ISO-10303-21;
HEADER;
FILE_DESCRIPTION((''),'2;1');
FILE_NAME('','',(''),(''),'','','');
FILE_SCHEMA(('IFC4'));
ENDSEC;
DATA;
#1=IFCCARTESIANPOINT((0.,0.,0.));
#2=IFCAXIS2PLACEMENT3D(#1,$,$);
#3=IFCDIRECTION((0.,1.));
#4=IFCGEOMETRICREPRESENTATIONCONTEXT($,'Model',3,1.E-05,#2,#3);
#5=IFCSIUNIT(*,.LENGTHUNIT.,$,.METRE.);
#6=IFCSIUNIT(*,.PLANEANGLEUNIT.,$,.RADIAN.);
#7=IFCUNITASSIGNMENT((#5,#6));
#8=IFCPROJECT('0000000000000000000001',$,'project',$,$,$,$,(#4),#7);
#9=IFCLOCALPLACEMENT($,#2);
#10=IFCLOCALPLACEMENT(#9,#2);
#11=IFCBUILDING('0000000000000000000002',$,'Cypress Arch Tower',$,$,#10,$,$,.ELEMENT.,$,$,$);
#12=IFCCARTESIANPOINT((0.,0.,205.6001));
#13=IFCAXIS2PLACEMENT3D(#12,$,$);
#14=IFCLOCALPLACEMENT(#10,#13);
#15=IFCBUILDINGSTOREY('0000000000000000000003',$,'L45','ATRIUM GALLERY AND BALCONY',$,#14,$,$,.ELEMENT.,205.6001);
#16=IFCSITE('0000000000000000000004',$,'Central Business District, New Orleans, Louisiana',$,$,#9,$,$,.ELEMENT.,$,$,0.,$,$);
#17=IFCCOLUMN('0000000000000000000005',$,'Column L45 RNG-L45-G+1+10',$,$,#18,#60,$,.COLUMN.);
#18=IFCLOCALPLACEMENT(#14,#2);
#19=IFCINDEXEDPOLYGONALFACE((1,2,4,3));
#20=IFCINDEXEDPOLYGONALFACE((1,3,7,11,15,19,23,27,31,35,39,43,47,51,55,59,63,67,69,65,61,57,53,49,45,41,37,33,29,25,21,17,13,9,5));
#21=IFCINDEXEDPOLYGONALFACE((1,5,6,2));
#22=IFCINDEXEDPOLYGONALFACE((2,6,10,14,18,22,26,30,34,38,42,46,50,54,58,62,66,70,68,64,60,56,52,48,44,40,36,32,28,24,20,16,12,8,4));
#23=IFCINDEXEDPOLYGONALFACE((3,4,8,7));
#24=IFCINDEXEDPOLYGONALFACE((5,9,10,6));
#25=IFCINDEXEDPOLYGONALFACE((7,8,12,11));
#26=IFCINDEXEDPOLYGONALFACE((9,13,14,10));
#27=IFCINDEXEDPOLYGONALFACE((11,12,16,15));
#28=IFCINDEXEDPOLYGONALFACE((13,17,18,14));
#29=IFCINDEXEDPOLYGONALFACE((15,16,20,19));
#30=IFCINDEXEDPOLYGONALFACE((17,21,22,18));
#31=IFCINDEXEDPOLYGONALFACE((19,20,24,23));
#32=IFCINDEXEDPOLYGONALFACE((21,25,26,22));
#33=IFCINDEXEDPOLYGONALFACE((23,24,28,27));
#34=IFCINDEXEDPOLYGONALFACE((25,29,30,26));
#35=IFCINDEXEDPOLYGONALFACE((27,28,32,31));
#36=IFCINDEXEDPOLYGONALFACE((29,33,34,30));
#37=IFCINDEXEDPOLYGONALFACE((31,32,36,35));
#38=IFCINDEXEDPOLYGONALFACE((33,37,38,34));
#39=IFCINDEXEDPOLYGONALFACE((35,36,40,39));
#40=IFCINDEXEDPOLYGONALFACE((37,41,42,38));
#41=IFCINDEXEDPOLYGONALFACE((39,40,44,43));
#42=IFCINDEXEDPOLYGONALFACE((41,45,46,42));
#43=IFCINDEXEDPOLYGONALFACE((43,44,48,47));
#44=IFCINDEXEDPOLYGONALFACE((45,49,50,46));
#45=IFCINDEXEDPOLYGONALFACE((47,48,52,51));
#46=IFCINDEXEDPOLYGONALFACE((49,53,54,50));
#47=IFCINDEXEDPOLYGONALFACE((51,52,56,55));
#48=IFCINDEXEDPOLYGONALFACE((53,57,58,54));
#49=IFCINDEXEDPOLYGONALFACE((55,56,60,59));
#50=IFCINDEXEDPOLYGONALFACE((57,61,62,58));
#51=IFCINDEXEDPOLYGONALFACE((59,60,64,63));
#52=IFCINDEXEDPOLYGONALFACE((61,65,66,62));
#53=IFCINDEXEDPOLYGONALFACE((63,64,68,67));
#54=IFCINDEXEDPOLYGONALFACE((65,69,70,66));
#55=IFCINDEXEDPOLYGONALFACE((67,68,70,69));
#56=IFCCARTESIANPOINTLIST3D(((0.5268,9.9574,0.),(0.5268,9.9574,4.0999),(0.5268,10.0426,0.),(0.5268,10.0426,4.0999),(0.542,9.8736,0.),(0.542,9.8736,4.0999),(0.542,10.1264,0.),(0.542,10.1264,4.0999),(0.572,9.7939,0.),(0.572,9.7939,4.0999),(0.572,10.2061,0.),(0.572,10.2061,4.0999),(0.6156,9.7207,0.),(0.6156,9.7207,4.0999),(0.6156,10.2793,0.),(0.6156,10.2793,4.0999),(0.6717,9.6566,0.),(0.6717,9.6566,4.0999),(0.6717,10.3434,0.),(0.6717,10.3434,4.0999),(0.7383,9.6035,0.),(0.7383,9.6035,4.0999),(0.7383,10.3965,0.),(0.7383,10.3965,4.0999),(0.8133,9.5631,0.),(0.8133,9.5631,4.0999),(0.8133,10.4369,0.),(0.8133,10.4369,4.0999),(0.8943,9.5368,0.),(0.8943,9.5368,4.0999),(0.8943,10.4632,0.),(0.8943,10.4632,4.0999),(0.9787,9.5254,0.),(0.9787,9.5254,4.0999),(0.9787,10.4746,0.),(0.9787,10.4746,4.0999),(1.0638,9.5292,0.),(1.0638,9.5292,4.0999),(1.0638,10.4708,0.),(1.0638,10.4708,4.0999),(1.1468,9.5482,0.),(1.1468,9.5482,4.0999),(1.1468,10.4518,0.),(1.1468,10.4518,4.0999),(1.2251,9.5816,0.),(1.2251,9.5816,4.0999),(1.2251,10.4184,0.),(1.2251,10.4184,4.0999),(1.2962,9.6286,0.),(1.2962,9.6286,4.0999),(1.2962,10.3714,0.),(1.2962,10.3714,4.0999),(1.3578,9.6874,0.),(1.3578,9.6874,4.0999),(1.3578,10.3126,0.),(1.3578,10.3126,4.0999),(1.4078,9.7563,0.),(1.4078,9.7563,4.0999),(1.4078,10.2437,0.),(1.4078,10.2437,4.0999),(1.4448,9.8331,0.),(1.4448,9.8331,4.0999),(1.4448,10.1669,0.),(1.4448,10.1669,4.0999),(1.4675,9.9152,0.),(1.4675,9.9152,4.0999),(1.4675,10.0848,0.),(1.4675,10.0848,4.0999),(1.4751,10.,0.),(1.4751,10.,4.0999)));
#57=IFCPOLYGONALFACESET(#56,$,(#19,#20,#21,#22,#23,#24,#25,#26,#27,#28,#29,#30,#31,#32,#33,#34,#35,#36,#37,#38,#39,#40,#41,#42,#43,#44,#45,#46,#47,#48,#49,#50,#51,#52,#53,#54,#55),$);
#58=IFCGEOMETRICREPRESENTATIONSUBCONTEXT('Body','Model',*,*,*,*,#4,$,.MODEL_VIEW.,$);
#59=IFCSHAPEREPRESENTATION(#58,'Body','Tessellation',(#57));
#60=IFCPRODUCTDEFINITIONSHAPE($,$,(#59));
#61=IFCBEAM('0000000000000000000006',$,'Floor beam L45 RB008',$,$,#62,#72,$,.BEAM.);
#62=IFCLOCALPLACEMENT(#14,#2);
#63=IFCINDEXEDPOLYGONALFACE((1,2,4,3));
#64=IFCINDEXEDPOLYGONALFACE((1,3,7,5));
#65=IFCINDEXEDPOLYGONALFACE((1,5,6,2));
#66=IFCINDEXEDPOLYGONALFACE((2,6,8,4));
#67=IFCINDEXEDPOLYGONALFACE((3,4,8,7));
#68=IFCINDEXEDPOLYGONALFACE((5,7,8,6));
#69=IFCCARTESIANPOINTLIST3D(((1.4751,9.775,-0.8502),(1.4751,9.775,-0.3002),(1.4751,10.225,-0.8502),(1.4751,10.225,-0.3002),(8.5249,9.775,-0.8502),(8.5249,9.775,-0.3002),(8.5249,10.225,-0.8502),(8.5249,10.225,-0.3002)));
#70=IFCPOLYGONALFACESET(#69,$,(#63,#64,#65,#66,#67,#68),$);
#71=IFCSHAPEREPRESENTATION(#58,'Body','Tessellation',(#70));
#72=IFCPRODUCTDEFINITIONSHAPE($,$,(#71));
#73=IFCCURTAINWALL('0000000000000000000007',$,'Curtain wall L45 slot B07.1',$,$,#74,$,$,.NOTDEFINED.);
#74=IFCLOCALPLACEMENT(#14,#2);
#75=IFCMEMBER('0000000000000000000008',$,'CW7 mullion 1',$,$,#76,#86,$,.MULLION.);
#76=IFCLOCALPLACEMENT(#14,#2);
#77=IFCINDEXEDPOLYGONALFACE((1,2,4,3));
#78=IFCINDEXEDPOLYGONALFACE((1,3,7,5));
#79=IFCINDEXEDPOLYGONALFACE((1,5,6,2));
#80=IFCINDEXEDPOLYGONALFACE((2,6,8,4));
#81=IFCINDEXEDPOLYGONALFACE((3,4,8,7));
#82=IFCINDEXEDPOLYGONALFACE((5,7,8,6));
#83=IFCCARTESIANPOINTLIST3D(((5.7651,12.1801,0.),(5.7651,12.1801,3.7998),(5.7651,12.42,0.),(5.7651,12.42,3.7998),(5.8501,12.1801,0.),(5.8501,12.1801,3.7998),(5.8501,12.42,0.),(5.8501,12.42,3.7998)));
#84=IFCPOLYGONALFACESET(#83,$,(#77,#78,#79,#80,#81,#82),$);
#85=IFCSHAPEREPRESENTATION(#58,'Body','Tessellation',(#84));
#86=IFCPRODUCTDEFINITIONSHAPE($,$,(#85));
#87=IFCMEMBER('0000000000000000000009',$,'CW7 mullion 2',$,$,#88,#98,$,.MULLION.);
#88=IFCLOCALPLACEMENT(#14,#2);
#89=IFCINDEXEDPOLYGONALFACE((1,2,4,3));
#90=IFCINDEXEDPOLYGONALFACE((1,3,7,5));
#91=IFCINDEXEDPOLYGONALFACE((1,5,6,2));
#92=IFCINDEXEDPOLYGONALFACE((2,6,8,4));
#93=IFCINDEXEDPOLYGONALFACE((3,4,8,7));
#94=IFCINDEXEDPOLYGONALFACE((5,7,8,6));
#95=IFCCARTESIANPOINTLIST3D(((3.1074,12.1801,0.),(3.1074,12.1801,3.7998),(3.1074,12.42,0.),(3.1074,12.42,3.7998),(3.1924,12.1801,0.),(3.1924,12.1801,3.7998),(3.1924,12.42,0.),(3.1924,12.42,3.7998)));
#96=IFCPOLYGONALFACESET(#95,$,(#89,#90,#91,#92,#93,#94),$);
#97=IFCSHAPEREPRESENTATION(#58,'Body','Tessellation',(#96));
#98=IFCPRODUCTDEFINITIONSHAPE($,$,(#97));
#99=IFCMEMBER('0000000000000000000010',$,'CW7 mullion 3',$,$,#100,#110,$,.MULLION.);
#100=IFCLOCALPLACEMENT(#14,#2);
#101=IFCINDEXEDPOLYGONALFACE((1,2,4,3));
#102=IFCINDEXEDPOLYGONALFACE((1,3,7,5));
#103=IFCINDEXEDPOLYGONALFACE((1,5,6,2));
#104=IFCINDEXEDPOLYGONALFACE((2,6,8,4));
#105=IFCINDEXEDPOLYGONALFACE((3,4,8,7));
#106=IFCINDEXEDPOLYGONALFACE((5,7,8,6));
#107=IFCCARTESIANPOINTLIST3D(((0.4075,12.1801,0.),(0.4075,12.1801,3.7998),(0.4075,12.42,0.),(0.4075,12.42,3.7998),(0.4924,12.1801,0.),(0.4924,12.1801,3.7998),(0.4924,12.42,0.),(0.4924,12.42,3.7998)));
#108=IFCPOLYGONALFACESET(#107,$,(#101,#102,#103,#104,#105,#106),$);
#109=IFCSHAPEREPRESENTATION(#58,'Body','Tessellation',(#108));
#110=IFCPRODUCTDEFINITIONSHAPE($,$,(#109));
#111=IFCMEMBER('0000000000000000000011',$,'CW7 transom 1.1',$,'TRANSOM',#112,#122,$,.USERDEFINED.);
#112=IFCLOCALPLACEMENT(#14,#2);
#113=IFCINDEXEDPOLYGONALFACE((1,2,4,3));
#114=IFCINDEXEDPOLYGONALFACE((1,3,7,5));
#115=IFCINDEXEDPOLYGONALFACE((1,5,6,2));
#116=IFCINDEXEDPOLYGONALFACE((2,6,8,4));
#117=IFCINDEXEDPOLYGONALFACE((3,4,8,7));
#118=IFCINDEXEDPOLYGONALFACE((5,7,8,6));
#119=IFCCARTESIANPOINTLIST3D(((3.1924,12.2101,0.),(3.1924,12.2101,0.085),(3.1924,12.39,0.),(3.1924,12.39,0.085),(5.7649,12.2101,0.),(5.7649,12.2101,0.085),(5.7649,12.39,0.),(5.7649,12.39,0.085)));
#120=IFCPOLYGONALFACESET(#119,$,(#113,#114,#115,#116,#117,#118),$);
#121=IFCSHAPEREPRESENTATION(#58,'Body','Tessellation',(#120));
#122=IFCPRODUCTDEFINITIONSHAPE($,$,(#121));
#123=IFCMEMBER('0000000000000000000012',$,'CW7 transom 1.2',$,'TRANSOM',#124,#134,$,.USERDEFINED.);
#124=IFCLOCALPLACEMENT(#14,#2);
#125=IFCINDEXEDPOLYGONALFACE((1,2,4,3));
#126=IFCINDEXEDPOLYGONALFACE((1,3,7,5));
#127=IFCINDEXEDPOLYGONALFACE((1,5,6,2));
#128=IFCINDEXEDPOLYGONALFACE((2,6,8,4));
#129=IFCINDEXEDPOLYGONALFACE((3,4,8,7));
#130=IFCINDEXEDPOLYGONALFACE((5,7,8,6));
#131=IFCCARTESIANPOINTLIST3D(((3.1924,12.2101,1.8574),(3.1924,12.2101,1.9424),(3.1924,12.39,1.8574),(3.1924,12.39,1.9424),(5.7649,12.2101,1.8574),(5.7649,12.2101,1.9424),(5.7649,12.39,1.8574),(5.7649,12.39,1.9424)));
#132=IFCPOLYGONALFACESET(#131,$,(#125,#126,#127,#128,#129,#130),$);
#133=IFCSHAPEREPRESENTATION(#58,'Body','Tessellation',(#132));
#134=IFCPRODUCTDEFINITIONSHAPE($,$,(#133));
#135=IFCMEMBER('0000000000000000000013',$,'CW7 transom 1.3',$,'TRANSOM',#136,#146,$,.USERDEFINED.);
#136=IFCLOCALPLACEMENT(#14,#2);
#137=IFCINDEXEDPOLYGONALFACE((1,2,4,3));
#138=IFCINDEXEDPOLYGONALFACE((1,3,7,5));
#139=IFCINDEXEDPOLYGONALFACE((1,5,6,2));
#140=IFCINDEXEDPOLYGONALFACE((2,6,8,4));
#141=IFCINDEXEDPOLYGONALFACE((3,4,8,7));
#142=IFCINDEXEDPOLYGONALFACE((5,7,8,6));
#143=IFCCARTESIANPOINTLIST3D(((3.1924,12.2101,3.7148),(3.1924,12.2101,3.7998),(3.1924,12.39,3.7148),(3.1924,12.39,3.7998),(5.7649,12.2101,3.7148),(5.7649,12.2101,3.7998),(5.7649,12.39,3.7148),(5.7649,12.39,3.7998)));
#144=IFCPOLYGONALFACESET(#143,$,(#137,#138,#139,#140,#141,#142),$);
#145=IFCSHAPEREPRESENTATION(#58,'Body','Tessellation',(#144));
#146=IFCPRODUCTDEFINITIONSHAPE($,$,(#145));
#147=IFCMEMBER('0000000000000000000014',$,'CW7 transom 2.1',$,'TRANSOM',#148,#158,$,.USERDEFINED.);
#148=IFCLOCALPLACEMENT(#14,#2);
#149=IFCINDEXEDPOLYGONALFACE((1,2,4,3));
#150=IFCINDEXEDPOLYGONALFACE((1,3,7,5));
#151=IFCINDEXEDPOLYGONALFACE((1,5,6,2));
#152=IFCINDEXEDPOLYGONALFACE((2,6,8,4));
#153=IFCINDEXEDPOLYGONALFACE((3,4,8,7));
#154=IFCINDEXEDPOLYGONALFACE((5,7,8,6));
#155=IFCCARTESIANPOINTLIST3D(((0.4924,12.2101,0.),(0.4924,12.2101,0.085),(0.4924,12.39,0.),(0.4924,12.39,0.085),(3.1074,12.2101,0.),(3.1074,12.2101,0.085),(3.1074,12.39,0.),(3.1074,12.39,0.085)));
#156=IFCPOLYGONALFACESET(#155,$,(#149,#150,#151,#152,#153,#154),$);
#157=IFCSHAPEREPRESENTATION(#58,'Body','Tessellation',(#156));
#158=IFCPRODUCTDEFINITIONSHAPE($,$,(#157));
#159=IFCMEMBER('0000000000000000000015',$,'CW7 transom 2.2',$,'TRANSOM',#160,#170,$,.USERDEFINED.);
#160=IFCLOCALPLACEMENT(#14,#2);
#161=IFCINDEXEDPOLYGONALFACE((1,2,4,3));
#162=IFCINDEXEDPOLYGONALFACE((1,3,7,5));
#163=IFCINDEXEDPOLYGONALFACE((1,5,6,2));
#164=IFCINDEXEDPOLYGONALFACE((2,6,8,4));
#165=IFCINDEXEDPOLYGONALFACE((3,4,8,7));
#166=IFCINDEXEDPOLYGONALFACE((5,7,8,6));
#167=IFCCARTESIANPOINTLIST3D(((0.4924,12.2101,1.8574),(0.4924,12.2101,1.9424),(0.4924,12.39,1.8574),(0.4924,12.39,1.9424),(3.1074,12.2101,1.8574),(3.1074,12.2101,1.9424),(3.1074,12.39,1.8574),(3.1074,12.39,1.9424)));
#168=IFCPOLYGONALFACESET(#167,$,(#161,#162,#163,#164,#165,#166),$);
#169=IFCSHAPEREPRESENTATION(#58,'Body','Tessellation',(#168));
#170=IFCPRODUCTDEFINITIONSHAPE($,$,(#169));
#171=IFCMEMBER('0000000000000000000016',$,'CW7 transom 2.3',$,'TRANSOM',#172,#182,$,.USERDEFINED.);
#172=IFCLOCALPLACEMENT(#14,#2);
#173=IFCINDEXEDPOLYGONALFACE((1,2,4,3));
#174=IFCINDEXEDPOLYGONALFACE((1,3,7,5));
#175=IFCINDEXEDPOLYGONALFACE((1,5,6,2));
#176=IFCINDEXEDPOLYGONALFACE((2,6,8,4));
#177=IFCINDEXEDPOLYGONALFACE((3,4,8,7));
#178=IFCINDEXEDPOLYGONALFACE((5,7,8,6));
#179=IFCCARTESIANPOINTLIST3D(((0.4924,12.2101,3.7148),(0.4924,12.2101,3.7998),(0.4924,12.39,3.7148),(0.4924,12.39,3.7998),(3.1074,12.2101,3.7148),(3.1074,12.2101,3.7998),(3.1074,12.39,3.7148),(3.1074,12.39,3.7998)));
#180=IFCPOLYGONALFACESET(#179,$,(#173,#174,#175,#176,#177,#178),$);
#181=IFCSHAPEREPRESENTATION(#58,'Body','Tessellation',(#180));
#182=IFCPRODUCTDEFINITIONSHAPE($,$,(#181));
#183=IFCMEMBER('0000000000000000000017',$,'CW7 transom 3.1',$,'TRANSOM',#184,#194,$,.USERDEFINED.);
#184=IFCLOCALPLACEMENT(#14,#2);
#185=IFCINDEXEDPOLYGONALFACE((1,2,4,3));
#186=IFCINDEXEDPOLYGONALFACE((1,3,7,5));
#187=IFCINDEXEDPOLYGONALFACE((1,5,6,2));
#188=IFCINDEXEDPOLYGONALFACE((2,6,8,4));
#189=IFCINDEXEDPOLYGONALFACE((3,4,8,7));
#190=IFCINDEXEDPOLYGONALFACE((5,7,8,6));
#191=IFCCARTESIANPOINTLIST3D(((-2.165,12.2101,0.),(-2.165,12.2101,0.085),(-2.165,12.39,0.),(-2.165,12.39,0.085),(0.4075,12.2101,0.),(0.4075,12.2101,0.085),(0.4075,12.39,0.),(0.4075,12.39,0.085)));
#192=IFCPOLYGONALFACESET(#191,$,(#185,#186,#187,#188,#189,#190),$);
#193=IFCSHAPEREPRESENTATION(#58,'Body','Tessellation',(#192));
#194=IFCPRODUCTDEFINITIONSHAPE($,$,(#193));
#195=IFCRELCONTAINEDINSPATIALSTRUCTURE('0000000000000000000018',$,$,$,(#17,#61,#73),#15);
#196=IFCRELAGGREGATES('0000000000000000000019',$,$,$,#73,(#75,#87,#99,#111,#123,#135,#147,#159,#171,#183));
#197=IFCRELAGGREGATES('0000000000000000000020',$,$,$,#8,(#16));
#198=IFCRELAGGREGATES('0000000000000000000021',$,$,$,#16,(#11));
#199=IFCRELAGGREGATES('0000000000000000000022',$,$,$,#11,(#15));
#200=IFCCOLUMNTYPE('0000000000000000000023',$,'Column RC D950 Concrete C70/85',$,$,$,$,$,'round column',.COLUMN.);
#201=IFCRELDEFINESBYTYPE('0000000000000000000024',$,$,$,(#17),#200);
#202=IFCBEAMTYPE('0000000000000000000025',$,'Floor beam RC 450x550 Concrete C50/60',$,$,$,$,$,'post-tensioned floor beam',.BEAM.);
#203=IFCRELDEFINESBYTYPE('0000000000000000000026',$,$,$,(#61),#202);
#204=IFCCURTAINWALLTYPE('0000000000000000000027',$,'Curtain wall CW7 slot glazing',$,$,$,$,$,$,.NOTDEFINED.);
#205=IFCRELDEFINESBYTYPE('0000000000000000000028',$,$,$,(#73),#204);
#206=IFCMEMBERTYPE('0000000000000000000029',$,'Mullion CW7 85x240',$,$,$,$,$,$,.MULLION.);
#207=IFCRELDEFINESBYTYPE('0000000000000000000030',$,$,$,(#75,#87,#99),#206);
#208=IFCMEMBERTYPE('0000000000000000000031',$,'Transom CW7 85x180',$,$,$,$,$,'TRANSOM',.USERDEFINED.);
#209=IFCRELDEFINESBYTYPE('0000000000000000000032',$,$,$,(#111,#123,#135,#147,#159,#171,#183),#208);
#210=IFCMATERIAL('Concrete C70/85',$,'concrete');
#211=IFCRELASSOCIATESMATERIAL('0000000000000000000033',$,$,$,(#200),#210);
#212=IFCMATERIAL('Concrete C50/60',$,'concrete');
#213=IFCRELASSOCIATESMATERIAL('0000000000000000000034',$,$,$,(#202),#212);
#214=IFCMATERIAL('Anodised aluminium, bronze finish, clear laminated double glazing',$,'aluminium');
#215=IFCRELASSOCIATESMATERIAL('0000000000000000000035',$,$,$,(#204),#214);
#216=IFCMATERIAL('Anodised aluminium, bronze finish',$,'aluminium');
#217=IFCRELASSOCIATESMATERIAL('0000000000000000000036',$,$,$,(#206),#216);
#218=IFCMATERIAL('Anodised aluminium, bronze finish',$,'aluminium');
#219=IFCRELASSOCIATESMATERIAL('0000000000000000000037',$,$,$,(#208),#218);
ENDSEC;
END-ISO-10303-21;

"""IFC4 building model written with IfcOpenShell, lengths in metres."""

from ifc_helpers import new_model, si_unit, direction, frame, origin, origin_2d, place, context, subcontext, project, spatial, rectangle, circle, extrude, material, material_profile, profile_set, type_object, element, aggregate, save


model = new_model("IFC4")

# Units and contexts
model_context = context("Model", 3, precision=1e-05, world=origin(), true_north=direction((0.0, 1.0)))
body_context = subcontext(model_context, "Body", "Model", "MODEL_VIEW")
ifc_project = project(units=[si_unit("LENGTHUNIT", "METRE"), si_unit("PLANEANGLEUNIT", "RADIAN")], contexts=[model_context])

# Site, building, storey
site_placement = place(None, origin())
site = spatial("IfcSite", under=ifc_project, at=site_placement, Name="Central Business District, New Orleans, Louisiana", CompositionType="ELEMENT", RefElevation=0.0)
building_placement = place(site_placement, origin())
building = spatial("IfcBuilding", under=site, at=building_placement, Name="Cypress Arch Tower", CompositionType="ELEMENT")
storey_placement = place(building_placement, frame((0.0, 0.0, 205.6001)))
storey = spatial("IfcBuildingStorey", under=building, at=storey_placement, Name="L45", Description="ATRIUM GALLERY AND BALCONY", CompositionType="ELEMENT", Elevation=205.6001)

# Column
ifc_material_1 = material(Name="Concrete C70/85", Category="concrete")
ifc_material_profile_1 = material_profile(ifc_material_1, circle(Radius=0.4751, at=origin_2d()), Name="RC D950")
ifc_profile_set_1 = profile_set([ifc_material_profile_1], Name="Concrete C70/85")
column_type = type_object("IfcColumnType", Name="Column RC D950 Concrete C70/85", ElementType="round column", PredefinedType="COLUMN", material=ifc_profile_set_1)
column_placement = place(storey_placement, frame((1.0, 10.0, 0.0), z_axis=(0.0, 0.0, 1.0), x_axis=(1.0, 0.0, 0.0)))
element("IfcColumn", 1, at=column_placement, inside=storey, type_object=column_type, Name="Column L45 RNG-L45-G+1+10", PredefinedType="COLUMN", context=body_context, shape_type="SweptSolid", body=[
    extrude(circle(Radius=0.4751, at=origin_2d()), origin(), (0.0, 0.0, 1.0), 4.0999),
])

# Beam
ifc_material_2 = material(Name="Concrete C50/60", Category="concrete")
ifc_material_profile_2 = material_profile(ifc_material_2, rectangle(XDim=0.45, YDim=0.55, at=origin_2d()), Name="RC 450x550")
ifc_profile_set_2 = profile_set([ifc_material_profile_2], Name="Concrete C50/60")
beam_type = type_object("IfcBeamType", Name="Floor beam RC 450x550 Concrete C50/60", ElementType="post-tensioned floor beam", PredefinedType="BEAM", material=ifc_profile_set_2)
beam_placement = place(storey_placement, frame((1.4751, 10.0, -0.5752), z_axis=(1.0, 0.0, 0.0), x_axis=(0.0, 1.0, 0.0)))
element("IfcBeam", 2, at=beam_placement, inside=storey, type_object=beam_type, Name="Floor beam L45 RB008", PredefinedType="BEAM", context=body_context, shape_type="SweptSolid", body=[
    extrude(rectangle(XDim=0.45, YDim=0.55, at=origin_2d()), origin(), (0.0, 0.0, 1.0), 7.0498),
])

# Curtain wall, members
ifc_material_3 = material(Name="Anodised aluminium, bronze finish, clear laminated double glazing", Category="aluminium")
curtain_wall_type = type_object("IfcCurtainWallType", Name="Curtain wall CW7 slot glazing", PredefinedType="NOTDEFINED", material=ifc_material_3)
curtain_wall_placement = place(storey_placement, origin())
curtain_wall = element("IfcCurtainWall", 3, at=curtain_wall_placement, inside=storey, type_object=curtain_wall_type, Name="Curtain wall L45 slot B07.1", PredefinedType="NOTDEFINED")
ifc_material_4 = material(Name="Anodised aluminium, bronze finish", Category="aluminium")
ifc_material_profile_3 = material_profile(ifc_material_4, rectangle(XDim=0.24, YDim=0.085, at=origin_2d()), Name="Mullion 85x240")
ifc_profile_set_3 = profile_set([ifc_material_profile_3], Name="Anodised aluminium, bronze finish")
member_type_1 = type_object("IfcMemberType", Name="Mullion CW7 85x240", PredefinedType="MULLION", material=ifc_profile_set_3)
member_1_placement = place(storey_placement, frame((5.8076, 12.3, 0.0), z_axis=(0.0, 0.0, 1.0), x_axis=(0.0, -1.0, 0.0)))
member_1 = element("IfcMember", 4, at=member_1_placement, type_object=member_type_1, Name="CW7 mullion 1", PredefinedType="MULLION", context=body_context, shape_type="SweptSolid", body=[
    extrude(rectangle(XDim=0.24, YDim=0.085, at=origin_2d()), origin(), (0.0, 0.0, 1.0), 3.7998),
])
member_2_placement = place(storey_placement, frame((3.1499, 12.3, 0.0), z_axis=(0.0, 0.0, 1.0), x_axis=(0.0, -1.0, 0.0)))
member_2 = element("IfcMember", 5, at=member_2_placement, type_object=member_type_1, Name="CW7 mullion 2", PredefinedType="MULLION", context=body_context, shape_type="SweptSolid", body=[
    extrude(rectangle(XDim=0.24, YDim=0.085, at=origin_2d()), origin(), (0.0, 0.0, 1.0), 3.7998),
])
member_3_placement = place(storey_placement, frame((0.45, 12.3, 0.0), z_axis=(0.0, 0.0, 1.0), x_axis=(0.0, -1.0, 0.0)))
member_3 = element("IfcMember", 6, at=member_3_placement, type_object=member_type_1, Name="CW7 mullion 3", PredefinedType="MULLION", context=body_context, shape_type="SweptSolid", body=[
    extrude(rectangle(XDim=0.24, YDim=0.085, at=origin_2d()), origin(), (0.0, 0.0, 1.0), 3.7998),
])
ifc_material_5 = material(Name="Anodised aluminium, bronze finish", Category="aluminium")
ifc_material_profile_4 = material_profile(ifc_material_5, rectangle(XDim=0.1799, YDim=0.085, at=origin_2d()), Name="Transom 85x180")
ifc_profile_set_4 = profile_set([ifc_material_profile_4], Name="Anodised aluminium, bronze finish")
member_type_2 = type_object("IfcMemberType", Name="Transom CW7 85x180", ElementType="TRANSOM", PredefinedType="USERDEFINED", material=ifc_profile_set_4)
member_4_placement = place(storey_placement, frame((5.7649, 12.3, 0.0425), z_axis=(-1.0, 0.0, 0.0), x_axis=(0.0, -1.0, 0.0)))
member_4 = element("IfcMember", 7, at=member_4_placement, type_object=member_type_2, Name="CW7 transom 1.1", ObjectType="TRANSOM", PredefinedType="USERDEFINED", context=body_context, shape_type="SweptSolid", body=[
    extrude(rectangle(XDim=0.1799, YDim=0.085, at=origin_2d()), origin(), (0.0, 0.0, 1.0), 2.5725),
])
member_5_placement = place(storey_placement, frame((5.7649, 12.3, 1.8999), z_axis=(-1.0, 0.0, 0.0), x_axis=(0.0, -1.0, 0.0)))
member_5 = element("IfcMember", 8, at=member_5_placement, type_object=member_type_2, Name="CW7 transom 1.2", ObjectType="TRANSOM", PredefinedType="USERDEFINED", context=body_context, shape_type="SweptSolid", body=[
    extrude(rectangle(XDim=0.1799, YDim=0.085, at=origin_2d()), origin(), (0.0, 0.0, 1.0), 2.5725),
])
member_6_placement = place(storey_placement, frame((5.7649, 12.3, 3.7573), z_axis=(-1.0, 0.0, 0.0), x_axis=(0.0, -1.0, 0.0)))
member_6 = element("IfcMember", 9, at=member_6_placement, type_object=member_type_2, Name="CW7 transom 1.3", ObjectType="TRANSOM", PredefinedType="USERDEFINED", context=body_context, shape_type="SweptSolid", body=[
    extrude(rectangle(XDim=0.1799, YDim=0.085, at=origin_2d()), origin(), (0.0, 0.0, 1.0), 2.5725),
])
member_7_placement = place(storey_placement, frame((3.1074, 12.3, 0.0425), z_axis=(-1.0, 0.0, 0.0), x_axis=(0.0, -1.0, 0.0)))
member_7 = element("IfcMember", 10, at=member_7_placement, type_object=member_type_2, Name="CW7 transom 2.1", ObjectType="TRANSOM", PredefinedType="USERDEFINED", context=body_context, shape_type="SweptSolid", body=[
    extrude(rectangle(XDim=0.1799, YDim=0.085, at=origin_2d()), origin(), (0.0, 0.0, 1.0), 2.615),
])
member_8_placement = place(storey_placement, frame((3.1074, 12.3, 1.8999), z_axis=(-1.0, 0.0, 0.0), x_axis=(0.0, -1.0, 0.0)))
member_8 = element("IfcMember", 11, at=member_8_placement, type_object=member_type_2, Name="CW7 transom 2.2", ObjectType="TRANSOM", PredefinedType="USERDEFINED", context=body_context, shape_type="SweptSolid", body=[
    extrude(rectangle(XDim=0.1799, YDim=0.085, at=origin_2d()), origin(), (0.0, 0.0, 1.0), 2.615),
])
member_9_placement = place(storey_placement, frame((3.1074, 12.3, 3.7573), z_axis=(-1.0, 0.0, 0.0), x_axis=(0.0, -1.0, 0.0)))
member_9 = element("IfcMember", 12, at=member_9_placement, type_object=member_type_2, Name="CW7 transom 2.3", ObjectType="TRANSOM", PredefinedType="USERDEFINED", context=body_context, shape_type="SweptSolid", body=[
    extrude(rectangle(XDim=0.1799, YDim=0.085, at=origin_2d()), origin(), (0.0, 0.0, 1.0), 2.615),
])
member_10_placement = place(storey_placement, frame((0.4075, 12.3, 0.0425), z_axis=(-1.0, 0.0, 0.0), x_axis=(0.0, -1.0, 0.0)))
member_10 = element("IfcMember", 13, at=member_10_placement, type_object=member_type_2, Name="CW7 transom 3.1", ObjectType="TRANSOM", PredefinedType="USERDEFINED", context=body_context, shape_type="SweptSolid", body=[
    extrude(rectangle(XDim=0.1799, YDim=0.085, at=origin_2d()), origin(), (0.0, 0.0, 1.0), 2.5725),
])
aggregate(curtain_wall, [member_1, member_2, member_3, member_4, member_5, member_6, member_7, member_8, member_9, member_10])

save(model, "model.ifc")
